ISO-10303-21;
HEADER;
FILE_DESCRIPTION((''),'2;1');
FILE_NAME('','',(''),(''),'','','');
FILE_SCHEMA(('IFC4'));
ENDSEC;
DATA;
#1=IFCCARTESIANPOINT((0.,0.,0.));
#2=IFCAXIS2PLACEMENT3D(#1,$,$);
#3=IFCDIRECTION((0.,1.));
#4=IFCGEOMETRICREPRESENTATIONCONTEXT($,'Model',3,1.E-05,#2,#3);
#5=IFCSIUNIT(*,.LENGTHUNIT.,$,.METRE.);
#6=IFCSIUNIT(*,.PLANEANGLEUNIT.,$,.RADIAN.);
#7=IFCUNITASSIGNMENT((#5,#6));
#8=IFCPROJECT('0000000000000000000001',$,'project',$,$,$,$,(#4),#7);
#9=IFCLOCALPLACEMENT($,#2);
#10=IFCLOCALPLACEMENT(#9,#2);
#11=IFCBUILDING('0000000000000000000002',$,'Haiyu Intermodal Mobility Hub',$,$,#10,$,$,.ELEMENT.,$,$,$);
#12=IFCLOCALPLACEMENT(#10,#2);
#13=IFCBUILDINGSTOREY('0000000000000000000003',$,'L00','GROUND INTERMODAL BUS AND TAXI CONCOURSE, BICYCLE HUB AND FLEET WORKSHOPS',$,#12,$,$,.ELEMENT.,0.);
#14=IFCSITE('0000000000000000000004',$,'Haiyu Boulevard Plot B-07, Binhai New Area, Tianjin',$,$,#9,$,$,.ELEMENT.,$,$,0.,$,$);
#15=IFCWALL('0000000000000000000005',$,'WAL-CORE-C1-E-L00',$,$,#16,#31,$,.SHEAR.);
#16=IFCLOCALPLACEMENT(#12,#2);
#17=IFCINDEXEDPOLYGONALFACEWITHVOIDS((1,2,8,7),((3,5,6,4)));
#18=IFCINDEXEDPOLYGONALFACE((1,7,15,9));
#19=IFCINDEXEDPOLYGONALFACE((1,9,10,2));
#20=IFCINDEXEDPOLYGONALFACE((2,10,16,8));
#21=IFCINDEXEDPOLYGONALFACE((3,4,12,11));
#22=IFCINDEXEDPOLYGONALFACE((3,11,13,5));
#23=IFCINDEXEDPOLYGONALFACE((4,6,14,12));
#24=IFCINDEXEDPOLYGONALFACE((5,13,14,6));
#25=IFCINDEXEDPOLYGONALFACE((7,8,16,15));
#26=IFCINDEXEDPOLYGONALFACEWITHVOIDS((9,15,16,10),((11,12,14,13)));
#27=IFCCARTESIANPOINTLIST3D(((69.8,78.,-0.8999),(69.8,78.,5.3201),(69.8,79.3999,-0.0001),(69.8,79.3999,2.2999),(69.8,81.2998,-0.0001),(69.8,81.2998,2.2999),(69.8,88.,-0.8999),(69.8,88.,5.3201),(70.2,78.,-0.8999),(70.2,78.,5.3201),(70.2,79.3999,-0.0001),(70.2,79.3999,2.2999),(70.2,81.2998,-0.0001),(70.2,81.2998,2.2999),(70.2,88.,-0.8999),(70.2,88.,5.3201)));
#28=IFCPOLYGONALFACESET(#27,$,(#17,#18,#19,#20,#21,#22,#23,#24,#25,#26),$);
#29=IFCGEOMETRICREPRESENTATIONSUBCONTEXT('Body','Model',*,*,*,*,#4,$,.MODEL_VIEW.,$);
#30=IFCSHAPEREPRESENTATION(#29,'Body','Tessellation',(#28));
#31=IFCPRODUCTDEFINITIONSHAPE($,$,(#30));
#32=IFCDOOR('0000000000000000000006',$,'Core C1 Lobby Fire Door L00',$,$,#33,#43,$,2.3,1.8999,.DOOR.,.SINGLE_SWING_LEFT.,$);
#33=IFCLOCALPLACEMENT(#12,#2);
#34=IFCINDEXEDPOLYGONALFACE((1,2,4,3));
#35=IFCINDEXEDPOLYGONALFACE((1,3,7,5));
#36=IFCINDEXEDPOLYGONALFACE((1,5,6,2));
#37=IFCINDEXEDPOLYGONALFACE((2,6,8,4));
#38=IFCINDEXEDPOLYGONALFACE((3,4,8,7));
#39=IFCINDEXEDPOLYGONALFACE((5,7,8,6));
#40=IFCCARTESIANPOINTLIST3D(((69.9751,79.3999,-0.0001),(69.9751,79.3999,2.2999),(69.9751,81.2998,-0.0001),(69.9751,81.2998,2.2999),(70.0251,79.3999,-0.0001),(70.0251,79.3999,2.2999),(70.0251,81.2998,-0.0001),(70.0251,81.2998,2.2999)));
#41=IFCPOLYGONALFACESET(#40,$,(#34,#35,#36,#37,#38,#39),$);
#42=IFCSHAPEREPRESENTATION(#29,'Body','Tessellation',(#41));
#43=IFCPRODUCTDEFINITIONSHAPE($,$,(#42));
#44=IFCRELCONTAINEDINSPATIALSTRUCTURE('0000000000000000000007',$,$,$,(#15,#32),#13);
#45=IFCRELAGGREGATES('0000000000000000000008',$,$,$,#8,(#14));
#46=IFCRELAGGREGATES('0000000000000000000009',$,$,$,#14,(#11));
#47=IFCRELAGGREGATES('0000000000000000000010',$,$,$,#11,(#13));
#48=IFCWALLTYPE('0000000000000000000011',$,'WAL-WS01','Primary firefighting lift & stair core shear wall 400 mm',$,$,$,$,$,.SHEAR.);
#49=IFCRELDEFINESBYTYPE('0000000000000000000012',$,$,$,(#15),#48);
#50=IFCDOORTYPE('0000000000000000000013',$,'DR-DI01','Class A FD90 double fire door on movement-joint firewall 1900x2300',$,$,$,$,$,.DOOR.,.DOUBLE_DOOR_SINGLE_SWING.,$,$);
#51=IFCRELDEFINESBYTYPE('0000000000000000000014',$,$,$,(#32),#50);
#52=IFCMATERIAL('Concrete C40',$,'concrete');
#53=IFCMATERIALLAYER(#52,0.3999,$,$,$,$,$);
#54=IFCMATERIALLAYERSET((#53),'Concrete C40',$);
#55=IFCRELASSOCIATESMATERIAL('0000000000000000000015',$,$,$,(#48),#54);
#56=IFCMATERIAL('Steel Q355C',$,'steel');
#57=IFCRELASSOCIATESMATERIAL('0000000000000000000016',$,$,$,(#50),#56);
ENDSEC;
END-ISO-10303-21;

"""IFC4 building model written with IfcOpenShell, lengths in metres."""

from ifc_helpers import new_model, si_unit, direction, frame, frame_2d, origin, place, context, subcontext, project, spatial, rectangle, extrude, material, layer, layer_set, type_object, element, fill, save


model = new_model("IFC4")

# Units and contexts
model_context = context("Model", 3, precision=1e-05, world=origin(), true_north=direction((0.0, 1.0)))
body_context = subcontext(model_context, "Body", "Model", "MODEL_VIEW")
ifc_project = project(units=[si_unit("LENGTHUNIT", "METRE"), si_unit("PLANEANGLEUNIT", "RADIAN")], contexts=[model_context])

# Site, building, storey
site_placement = place(None, origin())
site = spatial("IfcSite", under=ifc_project, at=site_placement, Name="Haiyu Boulevard Plot B-07, Binhai New Area, Tianjin", CompositionType="ELEMENT", RefElevation=0.0)
building_placement = place(site_placement, origin())
building = spatial("IfcBuilding", under=site, at=building_placement, Name="Haiyu Intermodal Mobility Hub", CompositionType="ELEMENT")
storey_placement = place(building_placement, origin())
storey = spatial("IfcBuildingStorey", under=building, at=storey_placement, Name="L00", Description="GROUND INTERMODAL BUS AND TAXI CONCOURSE, BICYCLE HUB AND FLEET WORKSHOPS", CompositionType="ELEMENT", Elevation=0.0)

# Shared definitions
ifc_material_1 = material(Name="Concrete C40", Category="concrete")

# Shared definitions
ifc_material_2 = material(Name="Steel Q355C", Category="steel")

# Wall, opening, door
ifc_layer_1 = layer(ifc_material_1, 0.3999)
ifc_layer_set_1 = layer_set([ifc_layer_1], Name="Concrete C40")
wall_type = type_object("IfcWallType", Name="WAL-WS01", Description="Primary firefighting lift & stair core shear wall 400 mm", PredefinedType="SHEAR", material=ifc_layer_set_1)
wall_placement = place(storey_placement, frame((70.0, 78.0, -0.8999), z_axis=(0.0, 0.0, 1.0), x_axis=(0.0, 1.0, 0.0)))
wall = element("IfcWall", 1, at=wall_placement, inside=storey, type_object=wall_type, Name="WAL-CORE-C1-E-L00", PredefinedType="SHEAR", context=body_context, shape_type="SweptSolid", body=[
    extrude(rectangle(XDim=10.0, YDim=0.3999, at=frame_2d((5.0, 0.0))), origin(), (0.0, 0.0, 1.0), 6.22),
])
opening_placement = place(wall_placement, frame((1.3999, 0.0, 0.8999)))
opening = element("IfcOpeningElement", 2, at=opening_placement, cuts=wall, PredefinedType="OPENING", context=body_context, shape_type="SweptSolid", body=[
    extrude(rectangle(XDim=1.8999, YDim=2.3, at=frame_2d((0.95, 1.1499))), frame((0.0, 0.21, 0.0), z_axis=(0.0, -1.0, 0.0), x_axis=(1.0, 0.0, 0.0)), (0.0, 0.0, 1.0), 0.4199),
])
door_type = type_object("IfcDoorType", Name="DR-DI01", Description="Class A FD90 double fire door on movement-joint firewall 1900x2300", OperationType="DOUBLE_DOOR_SINGLE_SWING", PredefinedType="DOOR", material=ifc_material_2)
door_placement = place(opening_placement, origin())
door = element("IfcDoor", 3, at=door_placement, inside=storey, type_object=door_type, Name="Core C1 Lobby Fire Door L00", OperationType="SINGLE_SWING_LEFT", OverallHeight=2.3, OverallWidth=1.8999, PredefinedType="DOOR", context=body_context, shape_type="SweptSolid", body=[
    extrude(rectangle(XDim=1.8999, YDim=2.3, at=frame_2d((0.95, 1.1499))), frame((0.0, 0.0249, 0.0), z_axis=(0.0, -1.0, 0.0), x_axis=(1.0, 0.0, 0.0)), (0.0, 0.0, 1.0), 0.05),
])
fill(opening, door)

save(model, "model.ifc")
